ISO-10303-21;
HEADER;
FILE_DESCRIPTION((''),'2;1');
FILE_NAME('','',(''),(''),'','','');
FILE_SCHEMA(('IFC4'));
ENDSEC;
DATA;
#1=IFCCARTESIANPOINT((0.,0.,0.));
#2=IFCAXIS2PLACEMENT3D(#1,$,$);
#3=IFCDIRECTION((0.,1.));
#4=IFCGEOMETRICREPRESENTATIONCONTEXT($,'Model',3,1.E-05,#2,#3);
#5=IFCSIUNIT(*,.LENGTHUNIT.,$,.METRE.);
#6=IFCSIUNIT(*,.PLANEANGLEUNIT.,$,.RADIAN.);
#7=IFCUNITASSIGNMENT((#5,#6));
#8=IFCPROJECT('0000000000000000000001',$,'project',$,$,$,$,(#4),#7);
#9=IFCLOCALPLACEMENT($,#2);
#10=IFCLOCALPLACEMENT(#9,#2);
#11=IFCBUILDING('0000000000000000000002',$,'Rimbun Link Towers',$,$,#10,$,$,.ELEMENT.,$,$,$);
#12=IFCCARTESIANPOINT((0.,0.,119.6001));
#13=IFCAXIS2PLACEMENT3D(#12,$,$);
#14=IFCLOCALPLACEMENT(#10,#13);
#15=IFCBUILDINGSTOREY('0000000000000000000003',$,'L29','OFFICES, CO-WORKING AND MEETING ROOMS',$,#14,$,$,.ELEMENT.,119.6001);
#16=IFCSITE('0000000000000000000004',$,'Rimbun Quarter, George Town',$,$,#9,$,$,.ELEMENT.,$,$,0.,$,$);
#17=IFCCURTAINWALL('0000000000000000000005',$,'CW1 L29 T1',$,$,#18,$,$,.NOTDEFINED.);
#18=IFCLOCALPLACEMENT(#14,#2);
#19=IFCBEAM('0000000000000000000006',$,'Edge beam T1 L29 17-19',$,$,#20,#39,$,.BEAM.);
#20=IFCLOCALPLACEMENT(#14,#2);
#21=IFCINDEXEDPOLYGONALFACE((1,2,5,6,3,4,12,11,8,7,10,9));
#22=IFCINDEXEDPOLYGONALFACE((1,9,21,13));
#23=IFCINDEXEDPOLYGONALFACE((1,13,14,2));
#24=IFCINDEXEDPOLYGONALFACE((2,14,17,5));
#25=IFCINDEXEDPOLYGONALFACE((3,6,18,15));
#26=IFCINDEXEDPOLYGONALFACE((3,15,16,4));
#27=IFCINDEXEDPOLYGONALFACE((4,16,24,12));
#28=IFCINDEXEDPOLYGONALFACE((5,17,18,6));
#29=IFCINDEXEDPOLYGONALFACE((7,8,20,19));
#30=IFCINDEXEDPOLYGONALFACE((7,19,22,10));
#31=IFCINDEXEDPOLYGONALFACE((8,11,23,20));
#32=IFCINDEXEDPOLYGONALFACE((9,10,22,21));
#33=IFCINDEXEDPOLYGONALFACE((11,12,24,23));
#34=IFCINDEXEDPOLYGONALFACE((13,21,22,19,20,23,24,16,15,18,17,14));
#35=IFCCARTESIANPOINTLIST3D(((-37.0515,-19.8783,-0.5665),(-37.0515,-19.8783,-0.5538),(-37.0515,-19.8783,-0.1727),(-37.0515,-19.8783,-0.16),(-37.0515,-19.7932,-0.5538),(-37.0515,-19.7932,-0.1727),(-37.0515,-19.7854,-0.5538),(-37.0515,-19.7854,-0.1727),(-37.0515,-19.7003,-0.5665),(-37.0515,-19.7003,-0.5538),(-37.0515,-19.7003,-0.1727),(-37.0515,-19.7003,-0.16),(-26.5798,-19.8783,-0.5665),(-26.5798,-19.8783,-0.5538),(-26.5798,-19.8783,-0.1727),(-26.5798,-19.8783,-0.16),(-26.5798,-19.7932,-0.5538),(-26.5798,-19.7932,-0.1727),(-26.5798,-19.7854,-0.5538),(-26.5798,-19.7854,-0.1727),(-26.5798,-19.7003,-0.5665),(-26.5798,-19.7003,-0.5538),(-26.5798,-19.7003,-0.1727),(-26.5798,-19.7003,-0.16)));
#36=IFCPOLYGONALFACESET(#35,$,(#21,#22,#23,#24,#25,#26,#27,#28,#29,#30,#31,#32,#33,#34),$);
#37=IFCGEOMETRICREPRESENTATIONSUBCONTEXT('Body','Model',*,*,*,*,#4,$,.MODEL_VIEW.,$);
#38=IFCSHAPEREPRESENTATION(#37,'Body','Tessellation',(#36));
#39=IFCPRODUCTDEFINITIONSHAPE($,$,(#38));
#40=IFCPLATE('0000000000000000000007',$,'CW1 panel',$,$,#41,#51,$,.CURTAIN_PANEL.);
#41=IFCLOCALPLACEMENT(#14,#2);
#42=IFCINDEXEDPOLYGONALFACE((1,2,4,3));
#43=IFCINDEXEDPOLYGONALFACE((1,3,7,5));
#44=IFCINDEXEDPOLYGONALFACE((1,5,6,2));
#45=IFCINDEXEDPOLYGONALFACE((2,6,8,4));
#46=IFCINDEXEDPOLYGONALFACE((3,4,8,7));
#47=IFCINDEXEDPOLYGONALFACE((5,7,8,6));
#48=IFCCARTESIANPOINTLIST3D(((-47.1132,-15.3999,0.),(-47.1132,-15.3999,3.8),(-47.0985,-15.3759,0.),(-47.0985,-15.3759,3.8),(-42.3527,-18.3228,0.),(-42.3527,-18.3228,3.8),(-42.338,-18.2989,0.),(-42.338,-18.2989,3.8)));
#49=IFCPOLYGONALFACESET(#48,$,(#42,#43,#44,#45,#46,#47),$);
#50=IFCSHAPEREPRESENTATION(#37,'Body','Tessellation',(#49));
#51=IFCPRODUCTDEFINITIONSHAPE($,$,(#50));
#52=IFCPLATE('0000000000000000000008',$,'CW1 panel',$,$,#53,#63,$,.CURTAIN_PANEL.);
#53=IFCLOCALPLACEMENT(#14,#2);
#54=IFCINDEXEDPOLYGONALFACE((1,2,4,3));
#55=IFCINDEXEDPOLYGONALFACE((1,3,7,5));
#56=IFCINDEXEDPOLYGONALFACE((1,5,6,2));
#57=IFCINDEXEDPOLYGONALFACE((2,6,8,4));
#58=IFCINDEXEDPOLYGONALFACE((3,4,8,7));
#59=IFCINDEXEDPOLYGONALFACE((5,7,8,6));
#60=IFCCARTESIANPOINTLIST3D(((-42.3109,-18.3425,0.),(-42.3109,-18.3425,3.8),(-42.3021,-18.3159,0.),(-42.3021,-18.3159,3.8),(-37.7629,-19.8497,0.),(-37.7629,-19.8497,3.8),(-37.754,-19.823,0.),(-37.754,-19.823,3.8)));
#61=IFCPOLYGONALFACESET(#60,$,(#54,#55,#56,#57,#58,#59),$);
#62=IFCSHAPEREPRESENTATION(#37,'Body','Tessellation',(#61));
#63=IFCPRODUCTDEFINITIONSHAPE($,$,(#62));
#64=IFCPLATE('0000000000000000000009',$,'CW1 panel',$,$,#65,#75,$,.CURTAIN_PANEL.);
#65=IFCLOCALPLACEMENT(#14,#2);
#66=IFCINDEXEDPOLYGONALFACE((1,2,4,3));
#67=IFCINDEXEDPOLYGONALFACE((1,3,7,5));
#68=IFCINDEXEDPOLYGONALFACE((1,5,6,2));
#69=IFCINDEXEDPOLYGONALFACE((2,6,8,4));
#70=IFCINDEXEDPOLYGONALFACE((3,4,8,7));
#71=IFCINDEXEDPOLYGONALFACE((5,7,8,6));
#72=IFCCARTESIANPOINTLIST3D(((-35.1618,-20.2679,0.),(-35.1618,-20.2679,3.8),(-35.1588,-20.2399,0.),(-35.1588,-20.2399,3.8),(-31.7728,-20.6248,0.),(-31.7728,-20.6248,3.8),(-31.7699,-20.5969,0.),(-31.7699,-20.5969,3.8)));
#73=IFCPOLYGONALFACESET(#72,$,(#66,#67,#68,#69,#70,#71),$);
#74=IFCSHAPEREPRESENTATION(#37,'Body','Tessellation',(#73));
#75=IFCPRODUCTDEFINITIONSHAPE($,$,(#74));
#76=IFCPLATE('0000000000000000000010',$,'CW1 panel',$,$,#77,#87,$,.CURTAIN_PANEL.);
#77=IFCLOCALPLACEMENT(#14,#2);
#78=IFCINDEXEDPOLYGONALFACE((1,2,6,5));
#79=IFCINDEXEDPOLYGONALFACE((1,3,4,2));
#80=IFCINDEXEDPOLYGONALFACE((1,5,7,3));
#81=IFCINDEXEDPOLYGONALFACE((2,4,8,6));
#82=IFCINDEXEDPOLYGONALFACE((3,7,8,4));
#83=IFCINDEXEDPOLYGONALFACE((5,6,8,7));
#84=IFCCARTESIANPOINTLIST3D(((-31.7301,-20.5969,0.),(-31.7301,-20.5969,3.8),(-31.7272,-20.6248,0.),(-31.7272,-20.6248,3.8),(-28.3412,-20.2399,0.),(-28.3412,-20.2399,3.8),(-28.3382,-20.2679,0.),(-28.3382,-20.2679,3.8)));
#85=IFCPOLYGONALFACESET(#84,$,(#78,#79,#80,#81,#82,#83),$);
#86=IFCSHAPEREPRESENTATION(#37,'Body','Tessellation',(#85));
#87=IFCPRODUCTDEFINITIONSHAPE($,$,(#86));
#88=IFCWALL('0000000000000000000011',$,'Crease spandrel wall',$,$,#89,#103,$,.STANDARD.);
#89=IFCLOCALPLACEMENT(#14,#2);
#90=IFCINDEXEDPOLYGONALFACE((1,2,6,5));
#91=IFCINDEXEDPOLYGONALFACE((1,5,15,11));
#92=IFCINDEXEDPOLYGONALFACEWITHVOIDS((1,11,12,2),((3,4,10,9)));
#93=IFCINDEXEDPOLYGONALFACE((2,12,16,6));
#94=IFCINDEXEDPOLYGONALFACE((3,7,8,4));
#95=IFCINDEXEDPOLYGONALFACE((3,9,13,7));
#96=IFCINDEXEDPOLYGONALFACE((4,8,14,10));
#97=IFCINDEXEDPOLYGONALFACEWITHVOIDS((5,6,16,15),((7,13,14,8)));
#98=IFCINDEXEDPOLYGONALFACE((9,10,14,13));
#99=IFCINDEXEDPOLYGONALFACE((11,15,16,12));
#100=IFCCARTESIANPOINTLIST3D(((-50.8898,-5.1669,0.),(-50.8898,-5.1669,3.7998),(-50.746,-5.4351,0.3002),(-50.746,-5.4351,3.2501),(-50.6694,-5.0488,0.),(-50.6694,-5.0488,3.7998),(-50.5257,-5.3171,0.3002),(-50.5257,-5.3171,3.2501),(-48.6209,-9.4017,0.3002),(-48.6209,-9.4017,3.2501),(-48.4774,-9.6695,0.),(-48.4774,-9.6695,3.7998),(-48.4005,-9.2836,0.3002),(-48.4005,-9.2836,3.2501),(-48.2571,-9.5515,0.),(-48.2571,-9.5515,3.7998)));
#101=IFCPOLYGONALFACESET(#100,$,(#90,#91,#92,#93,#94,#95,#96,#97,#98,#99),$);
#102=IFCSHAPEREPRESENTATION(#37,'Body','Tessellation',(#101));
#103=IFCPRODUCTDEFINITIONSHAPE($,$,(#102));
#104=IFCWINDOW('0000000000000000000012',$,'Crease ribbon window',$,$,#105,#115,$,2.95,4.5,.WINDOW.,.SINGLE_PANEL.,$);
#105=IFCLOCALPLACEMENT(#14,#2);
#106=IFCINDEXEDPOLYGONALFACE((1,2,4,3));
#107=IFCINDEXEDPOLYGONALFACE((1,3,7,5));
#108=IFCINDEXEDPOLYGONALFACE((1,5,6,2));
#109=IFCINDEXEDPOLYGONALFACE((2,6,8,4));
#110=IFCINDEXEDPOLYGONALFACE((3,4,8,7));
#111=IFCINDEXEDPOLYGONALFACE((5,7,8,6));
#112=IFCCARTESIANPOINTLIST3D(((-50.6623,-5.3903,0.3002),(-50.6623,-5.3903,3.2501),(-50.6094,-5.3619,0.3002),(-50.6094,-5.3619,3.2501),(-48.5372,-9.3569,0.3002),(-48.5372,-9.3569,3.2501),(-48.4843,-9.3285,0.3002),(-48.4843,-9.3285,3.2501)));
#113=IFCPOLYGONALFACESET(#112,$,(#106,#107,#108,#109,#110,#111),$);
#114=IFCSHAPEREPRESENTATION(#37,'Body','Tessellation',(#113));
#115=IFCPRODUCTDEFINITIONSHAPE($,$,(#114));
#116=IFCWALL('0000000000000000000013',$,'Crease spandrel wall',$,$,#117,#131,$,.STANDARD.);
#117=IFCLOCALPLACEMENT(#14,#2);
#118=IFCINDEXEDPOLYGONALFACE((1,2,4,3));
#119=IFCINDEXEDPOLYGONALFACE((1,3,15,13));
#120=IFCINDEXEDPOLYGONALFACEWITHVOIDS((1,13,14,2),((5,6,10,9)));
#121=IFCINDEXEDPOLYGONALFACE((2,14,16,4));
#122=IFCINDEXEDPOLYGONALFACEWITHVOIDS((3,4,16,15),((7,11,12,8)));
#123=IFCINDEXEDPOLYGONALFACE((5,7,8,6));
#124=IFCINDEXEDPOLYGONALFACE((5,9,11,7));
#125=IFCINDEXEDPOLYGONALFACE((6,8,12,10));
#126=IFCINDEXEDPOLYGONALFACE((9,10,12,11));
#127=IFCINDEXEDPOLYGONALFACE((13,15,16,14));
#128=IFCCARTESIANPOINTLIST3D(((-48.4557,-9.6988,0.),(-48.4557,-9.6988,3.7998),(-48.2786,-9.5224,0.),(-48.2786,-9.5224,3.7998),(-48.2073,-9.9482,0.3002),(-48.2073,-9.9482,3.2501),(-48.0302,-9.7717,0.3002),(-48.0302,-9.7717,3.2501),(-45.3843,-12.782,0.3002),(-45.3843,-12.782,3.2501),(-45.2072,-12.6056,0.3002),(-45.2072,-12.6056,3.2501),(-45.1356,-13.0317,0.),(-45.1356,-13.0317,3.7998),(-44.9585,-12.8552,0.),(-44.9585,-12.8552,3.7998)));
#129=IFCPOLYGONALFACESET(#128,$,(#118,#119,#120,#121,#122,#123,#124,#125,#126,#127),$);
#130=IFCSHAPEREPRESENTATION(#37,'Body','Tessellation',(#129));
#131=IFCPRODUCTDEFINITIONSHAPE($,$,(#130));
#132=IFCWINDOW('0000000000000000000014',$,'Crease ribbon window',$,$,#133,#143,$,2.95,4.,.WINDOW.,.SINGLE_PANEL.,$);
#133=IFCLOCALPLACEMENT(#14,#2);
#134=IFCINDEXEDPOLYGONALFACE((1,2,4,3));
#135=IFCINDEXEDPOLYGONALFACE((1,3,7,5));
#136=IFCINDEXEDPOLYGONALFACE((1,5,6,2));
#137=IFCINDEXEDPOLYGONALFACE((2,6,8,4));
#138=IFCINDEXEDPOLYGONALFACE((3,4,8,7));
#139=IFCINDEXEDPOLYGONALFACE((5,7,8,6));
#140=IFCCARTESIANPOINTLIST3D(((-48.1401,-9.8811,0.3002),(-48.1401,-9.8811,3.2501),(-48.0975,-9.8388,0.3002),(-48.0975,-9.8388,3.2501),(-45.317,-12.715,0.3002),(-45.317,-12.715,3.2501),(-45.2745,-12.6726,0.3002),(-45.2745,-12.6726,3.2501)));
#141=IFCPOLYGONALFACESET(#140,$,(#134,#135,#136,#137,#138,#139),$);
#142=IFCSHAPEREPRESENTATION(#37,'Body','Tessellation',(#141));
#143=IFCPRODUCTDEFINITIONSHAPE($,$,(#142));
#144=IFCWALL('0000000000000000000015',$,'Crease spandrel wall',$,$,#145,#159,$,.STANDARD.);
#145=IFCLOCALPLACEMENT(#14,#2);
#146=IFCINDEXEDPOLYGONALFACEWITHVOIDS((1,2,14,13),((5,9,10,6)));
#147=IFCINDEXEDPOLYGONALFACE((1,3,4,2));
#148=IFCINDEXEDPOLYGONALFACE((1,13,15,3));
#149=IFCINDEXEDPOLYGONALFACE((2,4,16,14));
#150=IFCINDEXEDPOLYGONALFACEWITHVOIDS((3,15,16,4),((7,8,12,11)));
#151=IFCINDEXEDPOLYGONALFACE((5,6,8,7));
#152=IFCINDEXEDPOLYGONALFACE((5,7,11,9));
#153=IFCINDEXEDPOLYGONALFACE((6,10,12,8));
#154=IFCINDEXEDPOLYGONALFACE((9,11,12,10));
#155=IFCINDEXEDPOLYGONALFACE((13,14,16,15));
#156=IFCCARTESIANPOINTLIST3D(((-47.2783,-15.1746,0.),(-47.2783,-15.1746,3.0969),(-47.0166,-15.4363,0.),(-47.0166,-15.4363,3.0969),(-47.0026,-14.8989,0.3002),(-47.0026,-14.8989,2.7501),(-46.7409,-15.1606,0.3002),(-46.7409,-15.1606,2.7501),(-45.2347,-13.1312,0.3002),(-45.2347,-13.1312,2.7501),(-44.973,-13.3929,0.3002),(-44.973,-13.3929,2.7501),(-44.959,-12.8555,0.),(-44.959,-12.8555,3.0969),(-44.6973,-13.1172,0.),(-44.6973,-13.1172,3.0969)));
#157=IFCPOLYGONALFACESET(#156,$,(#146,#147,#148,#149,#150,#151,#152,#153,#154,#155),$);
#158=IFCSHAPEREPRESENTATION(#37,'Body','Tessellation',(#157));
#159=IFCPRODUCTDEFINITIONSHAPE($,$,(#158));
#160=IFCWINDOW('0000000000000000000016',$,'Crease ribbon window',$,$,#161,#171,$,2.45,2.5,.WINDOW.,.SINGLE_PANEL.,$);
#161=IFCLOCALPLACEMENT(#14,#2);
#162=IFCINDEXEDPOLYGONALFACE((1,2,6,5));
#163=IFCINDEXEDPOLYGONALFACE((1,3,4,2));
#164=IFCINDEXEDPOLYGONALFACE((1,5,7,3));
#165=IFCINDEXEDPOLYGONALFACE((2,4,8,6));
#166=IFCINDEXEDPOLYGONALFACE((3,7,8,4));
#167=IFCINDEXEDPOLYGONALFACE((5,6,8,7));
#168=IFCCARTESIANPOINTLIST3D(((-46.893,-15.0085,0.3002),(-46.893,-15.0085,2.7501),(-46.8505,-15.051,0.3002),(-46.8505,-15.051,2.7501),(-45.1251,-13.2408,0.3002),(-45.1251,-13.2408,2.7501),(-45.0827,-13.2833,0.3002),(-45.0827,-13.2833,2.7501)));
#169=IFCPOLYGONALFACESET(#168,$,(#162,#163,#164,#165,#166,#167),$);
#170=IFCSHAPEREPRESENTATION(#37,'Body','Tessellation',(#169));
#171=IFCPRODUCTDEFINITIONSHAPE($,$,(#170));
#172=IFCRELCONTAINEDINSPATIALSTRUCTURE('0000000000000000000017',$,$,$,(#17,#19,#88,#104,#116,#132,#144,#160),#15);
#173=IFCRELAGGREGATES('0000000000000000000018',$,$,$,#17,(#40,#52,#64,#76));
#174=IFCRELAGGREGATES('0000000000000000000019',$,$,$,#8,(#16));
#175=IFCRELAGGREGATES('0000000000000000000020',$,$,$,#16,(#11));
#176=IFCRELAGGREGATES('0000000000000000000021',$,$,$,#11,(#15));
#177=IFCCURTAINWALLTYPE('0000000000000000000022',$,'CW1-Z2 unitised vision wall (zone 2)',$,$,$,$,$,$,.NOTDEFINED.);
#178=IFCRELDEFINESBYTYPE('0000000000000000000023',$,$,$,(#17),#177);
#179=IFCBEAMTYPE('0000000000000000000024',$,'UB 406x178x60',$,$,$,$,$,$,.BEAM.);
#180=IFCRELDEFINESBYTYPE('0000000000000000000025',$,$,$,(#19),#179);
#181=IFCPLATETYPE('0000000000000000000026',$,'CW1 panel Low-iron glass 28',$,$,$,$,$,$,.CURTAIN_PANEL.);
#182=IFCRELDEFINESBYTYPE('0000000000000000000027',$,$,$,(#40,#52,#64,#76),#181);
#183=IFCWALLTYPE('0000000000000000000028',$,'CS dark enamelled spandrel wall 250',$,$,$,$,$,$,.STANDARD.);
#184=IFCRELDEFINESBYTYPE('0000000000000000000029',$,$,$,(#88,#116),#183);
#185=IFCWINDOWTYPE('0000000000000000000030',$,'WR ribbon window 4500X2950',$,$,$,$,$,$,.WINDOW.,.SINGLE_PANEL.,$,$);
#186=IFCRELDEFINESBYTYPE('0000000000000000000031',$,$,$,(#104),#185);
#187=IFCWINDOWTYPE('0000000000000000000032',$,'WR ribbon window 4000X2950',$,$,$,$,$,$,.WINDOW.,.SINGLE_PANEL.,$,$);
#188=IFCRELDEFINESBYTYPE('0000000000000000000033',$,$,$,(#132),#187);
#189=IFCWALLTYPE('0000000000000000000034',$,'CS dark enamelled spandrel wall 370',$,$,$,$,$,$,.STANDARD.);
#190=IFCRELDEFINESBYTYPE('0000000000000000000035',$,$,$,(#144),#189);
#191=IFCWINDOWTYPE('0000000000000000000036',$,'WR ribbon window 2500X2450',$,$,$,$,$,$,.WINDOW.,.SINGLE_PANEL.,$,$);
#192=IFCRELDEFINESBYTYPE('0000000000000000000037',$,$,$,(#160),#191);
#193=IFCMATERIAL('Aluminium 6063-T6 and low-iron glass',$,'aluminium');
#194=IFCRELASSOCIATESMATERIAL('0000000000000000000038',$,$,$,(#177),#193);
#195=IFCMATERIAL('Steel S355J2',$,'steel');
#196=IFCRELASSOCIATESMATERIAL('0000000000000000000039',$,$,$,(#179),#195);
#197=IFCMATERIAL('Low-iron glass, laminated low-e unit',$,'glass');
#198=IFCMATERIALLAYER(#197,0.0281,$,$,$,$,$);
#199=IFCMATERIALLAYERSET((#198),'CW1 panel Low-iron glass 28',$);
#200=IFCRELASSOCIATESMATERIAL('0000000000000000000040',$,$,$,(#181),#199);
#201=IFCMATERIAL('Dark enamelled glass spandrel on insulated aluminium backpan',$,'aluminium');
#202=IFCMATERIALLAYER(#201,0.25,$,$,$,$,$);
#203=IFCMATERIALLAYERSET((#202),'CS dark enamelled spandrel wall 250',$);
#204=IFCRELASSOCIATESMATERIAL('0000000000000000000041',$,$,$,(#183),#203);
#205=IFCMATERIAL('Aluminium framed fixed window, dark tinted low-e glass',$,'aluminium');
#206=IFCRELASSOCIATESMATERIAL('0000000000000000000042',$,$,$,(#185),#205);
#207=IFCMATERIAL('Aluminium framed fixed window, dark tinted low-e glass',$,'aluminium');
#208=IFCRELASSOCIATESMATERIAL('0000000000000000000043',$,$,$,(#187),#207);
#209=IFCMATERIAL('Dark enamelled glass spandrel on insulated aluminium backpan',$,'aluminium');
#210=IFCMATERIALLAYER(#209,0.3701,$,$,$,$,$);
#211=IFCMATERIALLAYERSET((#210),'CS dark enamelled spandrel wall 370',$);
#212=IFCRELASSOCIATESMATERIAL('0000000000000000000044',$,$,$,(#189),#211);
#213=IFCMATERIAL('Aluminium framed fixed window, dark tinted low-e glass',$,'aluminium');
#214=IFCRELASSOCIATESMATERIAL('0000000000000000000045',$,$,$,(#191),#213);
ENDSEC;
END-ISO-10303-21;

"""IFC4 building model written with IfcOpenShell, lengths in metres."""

from ifc_helpers import new_model, si_unit, direction, frame, frame_2d, origin, origin_2d, place, context, subcontext, project, spatial, rectangle, i_section, extrude, material, layer, layer_set, material_profile, profile_set, type_object, element, fill, aggregate, save


model = new_model("IFC4")

# Units and contexts
model_context = context("Model", 3, precision=1e-05, world=origin(), true_north=direction((0.0, 1.0)))
body_context = subcontext(model_context, "Body", "Model", "MODEL_VIEW")
ifc_project = project(units=[si_unit("LENGTHUNIT", "METRE"), si_unit("PLANEANGLEUNIT", "RADIAN")], contexts=[model_context])

# Site, building, storey
site_placement = place(None, origin())
site = spatial("IfcSite", under=ifc_project, at=site_placement, Name="Rimbun Quarter, George Town", CompositionType="ELEMENT", RefElevation=0.0)
building_placement = place(site_placement, origin())
building = spatial("IfcBuilding", under=site, at=building_placement, Name="Rimbun Link Towers", CompositionType="ELEMENT")
storey_placement = place(building_placement, frame((0.0, 0.0, 119.6001)))
storey = spatial("IfcBuildingStorey", under=building, at=storey_placement, Name="L29", Description="OFFICES, CO-WORKING AND MEETING ROOMS", CompositionType="ELEMENT", Elevation=119.6001)

# Curtain wall
ifc_material_1 = material(Name="Aluminium 6063-T6 and low-iron glass", Category="aluminium")
curtain_wall_type = type_object("IfcCurtainWallType", Name="CW1-Z2 unitised vision wall (zone 2)", PredefinedType="NOTDEFINED", material=ifc_material_1)
curtain_wall_placement = place(storey_placement, origin())
curtain_wall = element("IfcCurtainWall", 1, at=curtain_wall_placement, inside=storey, type_object=curtain_wall_type, Name="CW1 L29 T1", PredefinedType="NOTDEFINED")

# Beam
ifc_material_2 = material(Name="Steel S355J2", Category="steel")
ifc_material_profile_1 = material_profile(ifc_material_2, i_section(OverallWidth=0.178, OverallDepth=0.4065, WebThickness=0.0078, FlangeThickness=0.0127, at=origin_2d()), Name="UB 406x178x60")
ifc_profile_set_1 = profile_set([ifc_material_profile_1], Name="Steel S355J2")
beam_type = type_object("IfcBeamType", Name="UB 406x178x60", PredefinedType="BEAM", material=ifc_profile_set_1)
beam_1_placement = place(storey_placement, frame((-37.0515, -19.7893, -0.3633), z_axis=(1.0, 0.0, 0.0), x_axis=(0.0, 1.0, 0.0)))
element("IfcBeam", 2, at=beam_1_placement, inside=storey, type_object=beam_type, Name="Edge beam T1 L29 17-19", PredefinedType="BEAM", context=body_context, shape_type="SweptSolid", body=[
    extrude(i_section(OverallWidth=0.178, OverallDepth=0.4065, WebThickness=0.0078, FlangeThickness=0.0127, at=origin_2d()), origin(), (0.0, 0.0, 1.0), 10.4717),
])

# Plates
ifc_material_3 = material(Name="Low-iron glass, laminated low-e unit", Category="glass")
ifc_layer_1 = layer(ifc_material_3, 0.0281)
ifc_layer_set_1 = layer_set([ifc_layer_1], Name="CW1 panel Low-iron glass 28")
plate_type = type_object("IfcPlateType", Name="CW1 panel Low-iron glass 28", PredefinedType="CURTAIN_PANEL", material=ifc_layer_set_1)
plate_1_placement = place(storey_placement, frame((-44.7256, -16.8494, 0.0), z_axis=(0.0, 0.0, 1.0), x_axis=(-0.852183, 0.523243, 0.0)))
plate_1 = element("IfcPlate", 3, at=plate_1_placement, type_object=plate_type, Name="CW1 panel", PredefinedType="CURTAIN_PANEL", context=body_context, shape_type="SweptSolid", body=[
    extrude(rectangle(XDim=5.5862, YDim=0.0281, at=origin_2d()), origin(), (0.0, 0.0, 1.0), 3.8),
])
plate_2_placement = place(storey_placement, frame((-40.0325, -19.0828, 0.0), z_axis=(0.0, 0.0, 1.0), x_axis=(-0.949236, 0.314563, 0.0)))
plate_2 = element("IfcPlate", 4, at=plate_2_placement, type_object=plate_type, Name="CW1 panel", PredefinedType="CURTAIN_PANEL", context=body_context, shape_type="SweptSolid", body=[
    extrude(rectangle(XDim=4.7913, YDim=0.0281, at=origin_2d()), origin(), (0.0, 0.0, 1.0), 3.8),
])
plate_3_placement = place(storey_placement, frame((-33.4658, -20.4324, 0.0), z_axis=(0.0, 0.0, 1.0), x_axis=(-0.994499, 0.104748, 0.0)))
plate_3 = element("IfcPlate", 5, at=plate_3_placement, type_object=plate_type, Name="CW1 panel", PredefinedType="CURTAIN_PANEL", context=body_context, shape_type="SweptSolid", body=[
    extrude(rectangle(XDim=3.4077, YDim=0.0281, at=origin_2d()), origin(), (0.0, 0.0, 1.0), 3.8),
])
plate_4_placement = place(storey_placement, frame((-30.0342, -20.4324, 0.0), z_axis=(0.0, 0.0, 1.0), x_axis=(-0.994499, -0.104748, 0.0)))
plate_4 = element("IfcPlate", 6, at=plate_4_placement, type_object=plate_type, Name="CW1 panel", PredefinedType="CURTAIN_PANEL", context=body_context, shape_type="SweptSolid", body=[
    extrude(rectangle(XDim=3.4077, YDim=0.0281, at=origin_2d()), origin(), (0.0, 0.0, 1.0), 3.8),
])
aggregate(curtain_wall, [plate_1, plate_2, plate_3, plate_4])

# Walls, openings, windows
ifc_material_4 = material(Name="Dark enamelled glass spandrel on insulated aluminium backpan", Category="aluminium")
ifc_layer_2 = layer(ifc_material_4, 0.25)
ifc_layer_set_2 = layer_set([ifc_layer_2], Name="CS dark enamelled spandrel wall 250")
wall_type_1 = type_object("IfcWallType", Name="CS dark enamelled spandrel wall 250", PredefinedType="STANDARD", material=ifc_layer_set_2)
wall_1_placement = place(storey_placement, frame((-48.3672, -9.6106, 0.0), z_axis=(0.0, 0.0, 1.0), x_axis=(-0.472252, 0.881464, 0.0)))
wall_1 = element("IfcWall", 7, at=wall_1_placement, inside=storey, type_object=wall_type_1, Name="Crease spandrel wall", PredefinedType="STANDARD", context=body_context, shape_type="SweptSolid", body=[
    extrude(rectangle(XDim=5.1082, YDim=0.25, at=frame_2d((2.5542, 0.0))), origin(), (0.0, 0.0, 1.0), 3.7998),
])
opening_1_placement = place(wall_1_placement, frame((0.304, 0.0, 0.3)))
opening_1 = element("IfcOpeningElement", 8, at=opening_1_placement, cuts=wall_1, PredefinedType="OPENING", context=body_context, shape_type="SweptSolid", body=[
    extrude(rectangle(XDim=4.5, YDim=2.95, at=frame_2d((2.25, 1.4751))), frame((0.0, 0.135, 0.0), z_axis=(0.0, -1.0, 0.0), x_axis=(1.0, 0.0, 0.0)), (0.0, 0.0, 1.0), 0.27),
])
ifc_material_5 = material(Name="Aluminium framed fixed window, dark tinted low-e glass", Category="aluminium")
window_type_1 = type_object("IfcWindowType", Name="WR ribbon window 4500X2950", PartitioningType="SINGLE_PANEL", PredefinedType="WINDOW", material=ifc_material_5)
window_1_placement = place(opening_1_placement, origin())
window_1 = element("IfcWindow", 9, at=window_1_placement, inside=storey, type_object=window_type_1, Name="Crease ribbon window", OverallHeight=2.95, OverallWidth=4.5, PartitioningType="SINGLE_PANEL", PredefinedType="WINDOW", context=body_context, shape_type="SweptSolid", body=[
    extrude(rectangle(XDim=4.5, YDim=2.95, at=frame_2d((2.25, 1.4751))), frame((0.0, 0.03, 0.0), z_axis=(0.0, -1.0, 0.0), x_axis=(1.0, 0.0, 0.0)), (0.0, 0.0, 1.0), 0.0601),
])
fill(opening_1, window_1)
wall_2_placement = place(storey_placement, frame((-45.0471, -12.9434, 0.0), z_axis=(0.0, 0.0, 1.0), x_axis=(-0.705756, 0.708455, 0.0)))
wall_2 = element("IfcWall", 10, at=wall_2_placement, inside=storey, type_object=wall_type_1, Name="Crease spandrel wall", PredefinedType="STANDARD", context=body_context, shape_type="SweptSolid", body=[
    extrude(rectangle(XDim=4.7043, YDim=0.25, at=frame_2d((2.3521, 0.0))), origin(), (0.0, 0.0, 1.0), 3.7998),
])
opening_2_placement = place(wall_2_placement, frame((0.3523, 0.0, 0.3)))
opening_2 = element("IfcOpeningElement", 11, at=opening_2_placement, cuts=wall_2, PredefinedType="OPENING", context=body_context, shape_type="SweptSolid", body=[
    extrude(rectangle(XDim=4.0, YDim=2.95, at=frame_2d((2.0, 1.4751))), frame((0.0, 0.135, 0.0), z_axis=(0.0, -1.0, 0.0), x_axis=(1.0, 0.0, 0.0)), (0.0, 0.0, 1.0), 0.27),
])
ifc_material_6 = material(Name="Aluminium framed fixed window, dark tinted low-e glass", Category="aluminium")
window_type_2 = type_object("IfcWindowType", Name="WR ribbon window 4000X2950", PartitioningType="SINGLE_PANEL", PredefinedType="WINDOW", material=ifc_material_6)
window_2_placement = place(opening_2_placement, origin())
window_2 = element("IfcWindow", 12, at=window_2_placement, inside=storey, type_object=window_type_2, Name="Crease ribbon window", OverallHeight=2.95, OverallWidth=4.0, PartitioningType="SINGLE_PANEL", PredefinedType="WINDOW", context=body_context, shape_type="SweptSolid", body=[
    extrude(rectangle(XDim=4.0, YDim=2.95, at=frame_2d((2.0, 1.4751))), frame((0.0, 0.03, 0.0), z_axis=(0.0, -1.0, 0.0), x_axis=(1.0, 0.0, 0.0)), (0.0, 0.0, 1.0), 0.0601),
])
fill(opening_2, window_2)
ifc_material_7 = material(Name="Dark enamelled glass spandrel on insulated aluminium backpan", Category="aluminium")
ifc_layer_3 = layer(ifc_material_7, 0.3701)
ifc_layer_set_3 = layer_set([ifc_layer_3], Name="CS dark enamelled spandrel wall 370")
wall_type_2 = type_object("IfcWallType", Name="CS dark enamelled spandrel wall 370", PredefinedType="STANDARD", material=ifc_layer_set_3)
wall_3_placement = place(storey_placement, frame((-47.1475, -15.3054, 0.0), z_axis=(0.0, 0.0, 1.0), x_axis=(0.707144, 0.70707, 0.0)))
wall_3 = element("IfcWall", 13, at=wall_3_placement, inside=storey, type_object=wall_type_2, Name="Crease spandrel wall", PredefinedType="STANDARD", context=body_context, shape_type="SweptSolid", body=[
    extrude(rectangle(XDim=3.2798, YDim=0.3701, at=frame_2d((1.6399, 0.0))), origin(), (0.0, 0.0, 1.0), 3.0969),
])
opening_3_placement = place(wall_3_placement, frame((0.3899, 0.0, 0.3)))
opening_3 = element("IfcOpeningElement", 14, at=opening_3_placement, cuts=wall_3, PredefinedType="OPENING", context=body_context, shape_type="SweptSolid", body=[
    extrude(rectangle(XDim=2.5, YDim=2.45, at=frame_2d((1.25, 1.2251))), frame((0.0, 0.1951, 0.0), z_axis=(0.0, -1.0, 0.0), x_axis=(1.0, 0.0, 0.0)), (0.0, 0.0, 1.0), 0.3901),
])
ifc_material_8 = material(Name="Aluminium framed fixed window, dark tinted low-e glass", Category="aluminium")
window_type_3 = type_object("IfcWindowType", Name="WR ribbon window 2500X2450", PartitioningType="SINGLE_PANEL", PredefinedType="WINDOW", material=ifc_material_8)
window_3_placement = place(opening_3_placement, origin())
window_3 = element("IfcWindow", 15, at=window_3_placement, inside=storey, type_object=window_type_3, Name="Crease ribbon window", OverallHeight=2.45, OverallWidth=2.5, PartitioningType="SINGLE_PANEL", PredefinedType="WINDOW", context=body_context, shape_type="SweptSolid", body=[
    extrude(rectangle(XDim=2.5, YDim=2.45, at=frame_2d((1.25, 1.2251))), frame((0.0, 0.03, 0.0), z_axis=(0.0, -1.0, 0.0), x_axis=(1.0, 0.0, 0.0)), (0.0, 0.0, 1.0), 0.0601),
])
fill(opening_3, window_3)

save(model, "model.ifc")
